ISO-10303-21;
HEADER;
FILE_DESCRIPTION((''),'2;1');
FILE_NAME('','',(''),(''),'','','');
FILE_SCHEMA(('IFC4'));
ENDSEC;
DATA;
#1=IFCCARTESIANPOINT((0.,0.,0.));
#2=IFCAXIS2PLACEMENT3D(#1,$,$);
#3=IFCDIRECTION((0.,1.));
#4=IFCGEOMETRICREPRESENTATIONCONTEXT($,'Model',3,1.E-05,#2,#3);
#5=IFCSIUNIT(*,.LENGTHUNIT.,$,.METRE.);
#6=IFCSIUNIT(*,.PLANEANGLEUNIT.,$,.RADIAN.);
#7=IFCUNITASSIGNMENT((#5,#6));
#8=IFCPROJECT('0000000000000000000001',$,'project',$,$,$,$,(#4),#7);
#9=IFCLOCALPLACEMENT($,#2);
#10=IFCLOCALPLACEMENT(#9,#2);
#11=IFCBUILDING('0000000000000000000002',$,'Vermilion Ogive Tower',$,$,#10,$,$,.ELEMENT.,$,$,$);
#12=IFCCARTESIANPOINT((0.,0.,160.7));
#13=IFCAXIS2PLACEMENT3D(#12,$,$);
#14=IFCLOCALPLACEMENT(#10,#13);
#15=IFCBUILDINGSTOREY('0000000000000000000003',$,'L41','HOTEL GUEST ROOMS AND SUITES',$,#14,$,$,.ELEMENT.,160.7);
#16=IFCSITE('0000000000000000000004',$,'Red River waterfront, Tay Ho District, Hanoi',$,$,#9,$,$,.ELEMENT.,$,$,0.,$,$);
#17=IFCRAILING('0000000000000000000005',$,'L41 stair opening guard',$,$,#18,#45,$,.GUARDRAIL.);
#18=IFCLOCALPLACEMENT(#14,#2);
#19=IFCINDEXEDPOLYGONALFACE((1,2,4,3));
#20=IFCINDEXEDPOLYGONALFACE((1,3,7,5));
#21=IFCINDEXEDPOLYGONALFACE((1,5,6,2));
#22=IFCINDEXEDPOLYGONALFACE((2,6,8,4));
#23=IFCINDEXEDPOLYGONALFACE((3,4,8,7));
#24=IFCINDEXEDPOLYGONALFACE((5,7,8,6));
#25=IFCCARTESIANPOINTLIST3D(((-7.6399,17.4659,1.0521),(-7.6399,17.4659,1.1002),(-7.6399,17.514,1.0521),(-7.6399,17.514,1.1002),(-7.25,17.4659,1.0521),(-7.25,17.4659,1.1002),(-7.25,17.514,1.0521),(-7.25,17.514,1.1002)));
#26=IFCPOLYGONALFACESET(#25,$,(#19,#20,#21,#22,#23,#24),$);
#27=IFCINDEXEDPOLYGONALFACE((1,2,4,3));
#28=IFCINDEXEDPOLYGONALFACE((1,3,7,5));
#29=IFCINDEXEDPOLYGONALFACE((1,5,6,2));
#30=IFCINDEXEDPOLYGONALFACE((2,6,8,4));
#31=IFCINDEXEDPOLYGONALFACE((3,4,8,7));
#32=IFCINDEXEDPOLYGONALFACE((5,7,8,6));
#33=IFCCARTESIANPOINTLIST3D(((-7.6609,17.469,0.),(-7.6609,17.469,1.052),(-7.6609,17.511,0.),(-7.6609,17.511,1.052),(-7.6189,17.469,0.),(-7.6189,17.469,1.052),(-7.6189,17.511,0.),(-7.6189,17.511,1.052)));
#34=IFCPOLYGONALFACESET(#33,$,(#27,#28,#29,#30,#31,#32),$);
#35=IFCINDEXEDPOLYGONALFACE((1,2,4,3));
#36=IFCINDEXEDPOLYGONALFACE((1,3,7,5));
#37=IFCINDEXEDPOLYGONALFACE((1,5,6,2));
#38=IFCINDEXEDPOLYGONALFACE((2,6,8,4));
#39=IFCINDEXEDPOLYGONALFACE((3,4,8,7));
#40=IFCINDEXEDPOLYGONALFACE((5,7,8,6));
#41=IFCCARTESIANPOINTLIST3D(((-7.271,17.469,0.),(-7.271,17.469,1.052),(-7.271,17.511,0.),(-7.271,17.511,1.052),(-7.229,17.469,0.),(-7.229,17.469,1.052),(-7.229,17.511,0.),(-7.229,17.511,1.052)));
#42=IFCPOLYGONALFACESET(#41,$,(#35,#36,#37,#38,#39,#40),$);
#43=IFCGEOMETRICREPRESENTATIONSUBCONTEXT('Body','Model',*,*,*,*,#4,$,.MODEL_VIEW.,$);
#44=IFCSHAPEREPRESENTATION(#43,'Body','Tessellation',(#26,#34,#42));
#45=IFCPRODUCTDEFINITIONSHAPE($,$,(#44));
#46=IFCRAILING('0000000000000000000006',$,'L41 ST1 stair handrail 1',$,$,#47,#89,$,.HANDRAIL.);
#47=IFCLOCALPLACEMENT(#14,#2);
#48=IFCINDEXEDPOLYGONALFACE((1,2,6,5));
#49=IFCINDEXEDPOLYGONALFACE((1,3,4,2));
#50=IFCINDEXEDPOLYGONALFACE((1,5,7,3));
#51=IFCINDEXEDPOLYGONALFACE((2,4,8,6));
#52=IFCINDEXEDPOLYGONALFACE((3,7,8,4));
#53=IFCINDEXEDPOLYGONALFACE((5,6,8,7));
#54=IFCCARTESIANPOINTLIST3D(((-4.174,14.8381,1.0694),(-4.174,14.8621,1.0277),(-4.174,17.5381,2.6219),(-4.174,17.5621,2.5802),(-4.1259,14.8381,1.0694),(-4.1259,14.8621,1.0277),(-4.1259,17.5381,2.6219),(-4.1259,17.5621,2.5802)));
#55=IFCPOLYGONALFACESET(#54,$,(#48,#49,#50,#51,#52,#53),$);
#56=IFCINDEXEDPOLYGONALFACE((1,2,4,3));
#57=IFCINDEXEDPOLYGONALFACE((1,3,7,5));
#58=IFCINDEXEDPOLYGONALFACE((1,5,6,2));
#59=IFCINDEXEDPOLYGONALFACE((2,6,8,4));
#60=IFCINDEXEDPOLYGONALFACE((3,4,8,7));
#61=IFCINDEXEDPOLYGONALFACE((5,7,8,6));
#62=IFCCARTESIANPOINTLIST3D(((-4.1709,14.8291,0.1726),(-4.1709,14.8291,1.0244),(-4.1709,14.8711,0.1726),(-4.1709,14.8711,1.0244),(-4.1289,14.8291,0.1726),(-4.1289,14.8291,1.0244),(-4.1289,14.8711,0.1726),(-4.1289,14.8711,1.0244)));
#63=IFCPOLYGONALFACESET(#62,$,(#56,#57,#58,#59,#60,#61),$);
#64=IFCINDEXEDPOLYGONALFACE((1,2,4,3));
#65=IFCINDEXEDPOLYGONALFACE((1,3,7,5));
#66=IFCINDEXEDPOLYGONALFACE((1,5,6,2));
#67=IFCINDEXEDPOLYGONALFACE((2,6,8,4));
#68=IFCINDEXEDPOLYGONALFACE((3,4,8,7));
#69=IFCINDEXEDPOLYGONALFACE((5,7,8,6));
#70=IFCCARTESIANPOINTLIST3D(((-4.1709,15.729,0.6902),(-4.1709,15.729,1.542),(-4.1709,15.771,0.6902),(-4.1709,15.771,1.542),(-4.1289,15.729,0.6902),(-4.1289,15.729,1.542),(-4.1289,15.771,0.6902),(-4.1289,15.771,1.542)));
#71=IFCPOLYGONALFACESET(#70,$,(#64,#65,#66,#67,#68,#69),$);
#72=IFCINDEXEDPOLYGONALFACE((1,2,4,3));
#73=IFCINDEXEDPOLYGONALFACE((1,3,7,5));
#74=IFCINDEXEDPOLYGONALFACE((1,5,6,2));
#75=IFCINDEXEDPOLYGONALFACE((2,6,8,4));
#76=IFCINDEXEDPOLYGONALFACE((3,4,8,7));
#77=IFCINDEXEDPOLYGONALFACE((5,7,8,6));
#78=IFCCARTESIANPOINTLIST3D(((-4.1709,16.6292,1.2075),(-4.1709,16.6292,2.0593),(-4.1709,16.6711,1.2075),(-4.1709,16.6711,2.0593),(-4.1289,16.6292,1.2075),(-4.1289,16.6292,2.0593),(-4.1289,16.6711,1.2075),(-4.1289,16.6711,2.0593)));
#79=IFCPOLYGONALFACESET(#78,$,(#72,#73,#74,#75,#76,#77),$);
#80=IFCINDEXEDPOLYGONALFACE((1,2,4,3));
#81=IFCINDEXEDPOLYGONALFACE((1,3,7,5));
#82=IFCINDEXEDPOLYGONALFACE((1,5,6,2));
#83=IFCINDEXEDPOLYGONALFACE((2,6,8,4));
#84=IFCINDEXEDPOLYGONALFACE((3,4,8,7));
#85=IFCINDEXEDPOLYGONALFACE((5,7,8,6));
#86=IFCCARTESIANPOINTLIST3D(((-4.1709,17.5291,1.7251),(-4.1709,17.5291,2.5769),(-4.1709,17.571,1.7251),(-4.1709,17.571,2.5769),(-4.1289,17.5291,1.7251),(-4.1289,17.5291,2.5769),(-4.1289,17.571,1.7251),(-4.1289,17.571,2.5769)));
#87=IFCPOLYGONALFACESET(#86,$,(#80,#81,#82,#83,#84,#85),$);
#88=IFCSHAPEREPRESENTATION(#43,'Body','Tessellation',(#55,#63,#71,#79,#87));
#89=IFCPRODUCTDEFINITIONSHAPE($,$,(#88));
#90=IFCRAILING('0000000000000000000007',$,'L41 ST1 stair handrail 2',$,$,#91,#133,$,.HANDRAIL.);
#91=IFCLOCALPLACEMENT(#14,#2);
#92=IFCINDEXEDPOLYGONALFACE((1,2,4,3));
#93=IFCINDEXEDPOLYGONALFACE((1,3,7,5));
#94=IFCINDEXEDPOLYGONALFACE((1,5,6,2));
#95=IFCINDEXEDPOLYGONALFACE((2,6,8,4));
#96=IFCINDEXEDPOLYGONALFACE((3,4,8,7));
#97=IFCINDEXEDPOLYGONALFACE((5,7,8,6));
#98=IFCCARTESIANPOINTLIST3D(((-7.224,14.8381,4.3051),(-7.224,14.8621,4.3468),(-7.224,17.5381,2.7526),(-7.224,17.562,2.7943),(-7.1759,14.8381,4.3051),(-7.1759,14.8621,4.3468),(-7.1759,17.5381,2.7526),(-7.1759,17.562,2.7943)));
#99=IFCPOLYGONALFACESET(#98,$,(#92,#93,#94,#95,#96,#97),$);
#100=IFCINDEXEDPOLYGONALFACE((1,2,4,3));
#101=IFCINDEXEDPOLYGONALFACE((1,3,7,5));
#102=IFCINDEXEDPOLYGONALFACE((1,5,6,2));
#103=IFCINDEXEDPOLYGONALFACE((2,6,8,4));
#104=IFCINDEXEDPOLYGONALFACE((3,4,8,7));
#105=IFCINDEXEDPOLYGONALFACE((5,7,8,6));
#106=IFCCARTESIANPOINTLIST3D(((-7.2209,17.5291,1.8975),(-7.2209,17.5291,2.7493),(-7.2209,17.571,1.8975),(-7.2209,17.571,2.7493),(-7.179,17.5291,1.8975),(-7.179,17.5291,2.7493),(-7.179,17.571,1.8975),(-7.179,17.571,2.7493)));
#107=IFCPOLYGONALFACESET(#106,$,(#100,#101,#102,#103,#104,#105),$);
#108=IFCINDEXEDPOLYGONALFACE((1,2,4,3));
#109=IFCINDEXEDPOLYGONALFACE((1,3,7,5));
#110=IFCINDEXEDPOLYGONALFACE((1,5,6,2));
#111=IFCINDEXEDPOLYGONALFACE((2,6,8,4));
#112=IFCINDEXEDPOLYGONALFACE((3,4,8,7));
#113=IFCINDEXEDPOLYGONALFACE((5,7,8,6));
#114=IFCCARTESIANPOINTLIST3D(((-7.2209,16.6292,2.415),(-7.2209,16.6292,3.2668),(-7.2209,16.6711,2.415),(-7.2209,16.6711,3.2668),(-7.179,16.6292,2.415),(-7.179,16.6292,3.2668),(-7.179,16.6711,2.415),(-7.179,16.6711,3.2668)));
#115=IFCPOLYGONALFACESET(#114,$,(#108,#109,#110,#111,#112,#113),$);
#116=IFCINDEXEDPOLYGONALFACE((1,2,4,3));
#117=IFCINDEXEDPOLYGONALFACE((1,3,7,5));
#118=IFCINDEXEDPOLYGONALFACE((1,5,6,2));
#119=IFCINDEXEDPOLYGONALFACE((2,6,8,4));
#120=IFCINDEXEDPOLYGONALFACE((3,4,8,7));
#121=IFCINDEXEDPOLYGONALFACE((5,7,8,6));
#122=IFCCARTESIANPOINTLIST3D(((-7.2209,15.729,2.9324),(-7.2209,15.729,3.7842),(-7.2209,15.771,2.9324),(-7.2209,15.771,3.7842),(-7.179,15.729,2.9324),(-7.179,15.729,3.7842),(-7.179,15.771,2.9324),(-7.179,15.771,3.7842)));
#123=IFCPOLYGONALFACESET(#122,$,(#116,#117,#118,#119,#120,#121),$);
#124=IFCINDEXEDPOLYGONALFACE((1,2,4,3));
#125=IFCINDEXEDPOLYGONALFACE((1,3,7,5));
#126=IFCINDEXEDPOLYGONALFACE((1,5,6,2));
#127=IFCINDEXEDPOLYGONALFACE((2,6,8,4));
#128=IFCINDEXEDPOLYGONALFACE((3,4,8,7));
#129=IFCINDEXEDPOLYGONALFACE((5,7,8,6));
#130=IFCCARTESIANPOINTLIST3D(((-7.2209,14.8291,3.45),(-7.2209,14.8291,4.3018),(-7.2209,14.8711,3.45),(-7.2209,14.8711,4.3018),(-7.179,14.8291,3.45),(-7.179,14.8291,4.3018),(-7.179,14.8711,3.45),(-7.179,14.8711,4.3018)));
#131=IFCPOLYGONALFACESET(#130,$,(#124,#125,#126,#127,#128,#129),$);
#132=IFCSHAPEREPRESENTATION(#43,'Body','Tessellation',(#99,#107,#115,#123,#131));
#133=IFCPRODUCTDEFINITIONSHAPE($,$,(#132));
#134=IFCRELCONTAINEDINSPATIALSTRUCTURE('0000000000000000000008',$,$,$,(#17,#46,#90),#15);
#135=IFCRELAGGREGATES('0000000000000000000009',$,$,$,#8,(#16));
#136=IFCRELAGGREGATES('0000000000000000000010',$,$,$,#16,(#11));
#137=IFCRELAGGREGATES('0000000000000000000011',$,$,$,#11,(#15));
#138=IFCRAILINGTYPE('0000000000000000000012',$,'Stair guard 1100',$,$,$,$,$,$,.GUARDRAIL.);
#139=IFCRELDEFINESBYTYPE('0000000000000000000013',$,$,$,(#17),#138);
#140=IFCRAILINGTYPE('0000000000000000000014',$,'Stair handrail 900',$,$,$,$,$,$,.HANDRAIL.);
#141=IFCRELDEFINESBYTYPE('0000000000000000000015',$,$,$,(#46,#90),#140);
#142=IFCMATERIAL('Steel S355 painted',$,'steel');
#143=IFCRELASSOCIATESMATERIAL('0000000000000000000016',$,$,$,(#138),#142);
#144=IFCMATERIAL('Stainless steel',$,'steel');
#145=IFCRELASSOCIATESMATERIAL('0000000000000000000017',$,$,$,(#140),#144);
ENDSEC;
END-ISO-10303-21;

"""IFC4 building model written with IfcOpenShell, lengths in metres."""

from ifc_helpers import new_model, si_unit, direction, frame, origin, origin_2d, place, context, subcontext, project, spatial, rectangle, extrude, material, type_object, element, save


model = new_model("IFC4")

# Units and contexts
model_context = context("Model", 3, precision=1e-05, world=origin(), true_north=direction((0.0, 1.0)))
body_context = subcontext(model_context, "Body", "Model", "MODEL_VIEW")
ifc_project = project(units=[si_unit("LENGTHUNIT", "METRE"), si_unit("PLANEANGLEUNIT", "RADIAN")], contexts=[model_context])

# Site, building, storey
site_placement = place(None, origin())
site = spatial("IfcSite", under=ifc_project, at=site_placement, Name="Red River waterfront, Tay Ho District, Hanoi", CompositionType="ELEMENT", RefElevation=0.0)
building_placement = place(site_placement, origin())
building = spatial("IfcBuilding", under=site, at=building_placement, Name="Vermilion Ogive Tower", CompositionType="ELEMENT")
storey_placement = place(building_placement, frame((0.0, 0.0, 160.7)))
storey = spatial("IfcBuildingStorey", under=building, at=storey_placement, Name="L41", Description="HOTEL GUEST ROOMS AND SUITES", CompositionType="ELEMENT", Elevation=160.7)

# Railings
ifc_material_1 = material(Name="Steel S355 painted", Category="steel")
railing_type_1 = type_object("IfcRailingType", Name="Stair guard 1100", PredefinedType="GUARDRAIL", material=ifc_material_1)
railing_1_placement = place(storey_placement, frame((-7.6399, 17.49, 0.0)))
element("IfcRailing", 1, at=railing_1_placement, inside=storey, type_object=railing_type_1, Name="L41 stair opening guard", PredefinedType="GUARDRAIL", context=body_context, shape_type="SweptSolid", body=[
    extrude(rectangle(XDim=0.0481, YDim=0.0481, at=origin_2d()), frame((0.0, 0.0, 1.0762), z_axis=(1.0, 0.0, 0.0), x_axis=(0.0, 1.0, 0.0)), (0.0, 0.0, 1.0), 0.3899),
    extrude(rectangle(XDim=0.042, YDim=0.042, at=origin_2d()), origin(), (0.0, 0.0, 1.0), 1.052),
    extrude(rectangle(XDim=0.042, YDim=0.042, at=origin_2d()), frame((0.3899, 0.0, 0.0)), (0.0, 0.0, 1.0), 1.052),
])
ifc_material_2 = material(Name="Stainless steel", Category="steel")
railing_type_2 = type_object("IfcRailingType", Name="Stair handrail 900", PredefinedType="HANDRAIL", material=ifc_material_2)
railing_2_placement = place(storey_placement, frame((-4.1499, 14.8501, 0.1726)))
element("IfcRailing", 2, at=railing_2_placement, inside=storey, type_object=railing_type_2, Name="L41 ST1 stair handrail 1", PredefinedType="HANDRAIL", context=body_context, shape_type="SweptSolid", body=[
    extrude(rectangle(XDim=0.0481, YDim=0.0481, at=origin_2d()), frame((0.0, 0.0, 0.876), z_axis=(0.0, 0.866904, 0.498476), x_axis=(-1.0, 0.0, 0.0)), (0.0, 0.0, 1.0), 3.1145),
    extrude(rectangle(XDim=0.042, YDim=0.042, at=origin_2d()), origin(), (0.0, 0.0, 1.0), 0.8518),
    extrude(rectangle(XDim=0.042, YDim=0.042, at=origin_2d()), frame((0.0, 0.8999, 0.5176)), (0.0, 0.0, 1.0), 0.8518),
    extrude(rectangle(XDim=0.042, YDim=0.042, at=origin_2d()), frame((0.0, 1.8, 1.0349)), (0.0, 0.0, 1.0), 0.8518),
    extrude(rectangle(XDim=0.042, YDim=0.042, at=origin_2d()), frame((0.0, 2.7, 1.5525)), (0.0, 0.0, 1.0), 0.8518),
])
railing_3_placement = place(storey_placement, frame((-7.2, 17.55, 1.8975)))
element("IfcRailing", 3, at=railing_3_placement, inside=storey, type_object=railing_type_2, Name="L41 ST1 stair handrail 2", PredefinedType="HANDRAIL", context=body_context, shape_type="SweptSolid", body=[
    extrude(rectangle(XDim=0.0481, YDim=0.0481, at=origin_2d()), frame((0.0, 0.0, 0.876), z_axis=(0.0, -0.866904, 0.498476), x_axis=(1.0, 0.0, 0.0)), (0.0, 0.0, 1.0), 3.1145),
    extrude(rectangle(XDim=0.042, YDim=0.042, at=origin_2d()), origin(), (0.0, 0.0, 1.0), 0.8518),
    extrude(rectangle(XDim=0.042, YDim=0.042, at=origin_2d()), frame((0.0, -0.8999, 0.5176)), (0.0, 0.0, 1.0), 0.8518),
    extrude(rectangle(XDim=0.042, YDim=0.042, at=origin_2d()), frame((0.0, -1.8, 1.0349)), (0.0, 0.0, 1.0), 0.8518),
    extrude(rectangle(XDim=0.042, YDim=0.042, at=origin_2d()), frame((0.0, -2.7, 1.5525)), (0.0, 0.0, 1.0), 0.8518),
])

save(model, "model.ifc")
